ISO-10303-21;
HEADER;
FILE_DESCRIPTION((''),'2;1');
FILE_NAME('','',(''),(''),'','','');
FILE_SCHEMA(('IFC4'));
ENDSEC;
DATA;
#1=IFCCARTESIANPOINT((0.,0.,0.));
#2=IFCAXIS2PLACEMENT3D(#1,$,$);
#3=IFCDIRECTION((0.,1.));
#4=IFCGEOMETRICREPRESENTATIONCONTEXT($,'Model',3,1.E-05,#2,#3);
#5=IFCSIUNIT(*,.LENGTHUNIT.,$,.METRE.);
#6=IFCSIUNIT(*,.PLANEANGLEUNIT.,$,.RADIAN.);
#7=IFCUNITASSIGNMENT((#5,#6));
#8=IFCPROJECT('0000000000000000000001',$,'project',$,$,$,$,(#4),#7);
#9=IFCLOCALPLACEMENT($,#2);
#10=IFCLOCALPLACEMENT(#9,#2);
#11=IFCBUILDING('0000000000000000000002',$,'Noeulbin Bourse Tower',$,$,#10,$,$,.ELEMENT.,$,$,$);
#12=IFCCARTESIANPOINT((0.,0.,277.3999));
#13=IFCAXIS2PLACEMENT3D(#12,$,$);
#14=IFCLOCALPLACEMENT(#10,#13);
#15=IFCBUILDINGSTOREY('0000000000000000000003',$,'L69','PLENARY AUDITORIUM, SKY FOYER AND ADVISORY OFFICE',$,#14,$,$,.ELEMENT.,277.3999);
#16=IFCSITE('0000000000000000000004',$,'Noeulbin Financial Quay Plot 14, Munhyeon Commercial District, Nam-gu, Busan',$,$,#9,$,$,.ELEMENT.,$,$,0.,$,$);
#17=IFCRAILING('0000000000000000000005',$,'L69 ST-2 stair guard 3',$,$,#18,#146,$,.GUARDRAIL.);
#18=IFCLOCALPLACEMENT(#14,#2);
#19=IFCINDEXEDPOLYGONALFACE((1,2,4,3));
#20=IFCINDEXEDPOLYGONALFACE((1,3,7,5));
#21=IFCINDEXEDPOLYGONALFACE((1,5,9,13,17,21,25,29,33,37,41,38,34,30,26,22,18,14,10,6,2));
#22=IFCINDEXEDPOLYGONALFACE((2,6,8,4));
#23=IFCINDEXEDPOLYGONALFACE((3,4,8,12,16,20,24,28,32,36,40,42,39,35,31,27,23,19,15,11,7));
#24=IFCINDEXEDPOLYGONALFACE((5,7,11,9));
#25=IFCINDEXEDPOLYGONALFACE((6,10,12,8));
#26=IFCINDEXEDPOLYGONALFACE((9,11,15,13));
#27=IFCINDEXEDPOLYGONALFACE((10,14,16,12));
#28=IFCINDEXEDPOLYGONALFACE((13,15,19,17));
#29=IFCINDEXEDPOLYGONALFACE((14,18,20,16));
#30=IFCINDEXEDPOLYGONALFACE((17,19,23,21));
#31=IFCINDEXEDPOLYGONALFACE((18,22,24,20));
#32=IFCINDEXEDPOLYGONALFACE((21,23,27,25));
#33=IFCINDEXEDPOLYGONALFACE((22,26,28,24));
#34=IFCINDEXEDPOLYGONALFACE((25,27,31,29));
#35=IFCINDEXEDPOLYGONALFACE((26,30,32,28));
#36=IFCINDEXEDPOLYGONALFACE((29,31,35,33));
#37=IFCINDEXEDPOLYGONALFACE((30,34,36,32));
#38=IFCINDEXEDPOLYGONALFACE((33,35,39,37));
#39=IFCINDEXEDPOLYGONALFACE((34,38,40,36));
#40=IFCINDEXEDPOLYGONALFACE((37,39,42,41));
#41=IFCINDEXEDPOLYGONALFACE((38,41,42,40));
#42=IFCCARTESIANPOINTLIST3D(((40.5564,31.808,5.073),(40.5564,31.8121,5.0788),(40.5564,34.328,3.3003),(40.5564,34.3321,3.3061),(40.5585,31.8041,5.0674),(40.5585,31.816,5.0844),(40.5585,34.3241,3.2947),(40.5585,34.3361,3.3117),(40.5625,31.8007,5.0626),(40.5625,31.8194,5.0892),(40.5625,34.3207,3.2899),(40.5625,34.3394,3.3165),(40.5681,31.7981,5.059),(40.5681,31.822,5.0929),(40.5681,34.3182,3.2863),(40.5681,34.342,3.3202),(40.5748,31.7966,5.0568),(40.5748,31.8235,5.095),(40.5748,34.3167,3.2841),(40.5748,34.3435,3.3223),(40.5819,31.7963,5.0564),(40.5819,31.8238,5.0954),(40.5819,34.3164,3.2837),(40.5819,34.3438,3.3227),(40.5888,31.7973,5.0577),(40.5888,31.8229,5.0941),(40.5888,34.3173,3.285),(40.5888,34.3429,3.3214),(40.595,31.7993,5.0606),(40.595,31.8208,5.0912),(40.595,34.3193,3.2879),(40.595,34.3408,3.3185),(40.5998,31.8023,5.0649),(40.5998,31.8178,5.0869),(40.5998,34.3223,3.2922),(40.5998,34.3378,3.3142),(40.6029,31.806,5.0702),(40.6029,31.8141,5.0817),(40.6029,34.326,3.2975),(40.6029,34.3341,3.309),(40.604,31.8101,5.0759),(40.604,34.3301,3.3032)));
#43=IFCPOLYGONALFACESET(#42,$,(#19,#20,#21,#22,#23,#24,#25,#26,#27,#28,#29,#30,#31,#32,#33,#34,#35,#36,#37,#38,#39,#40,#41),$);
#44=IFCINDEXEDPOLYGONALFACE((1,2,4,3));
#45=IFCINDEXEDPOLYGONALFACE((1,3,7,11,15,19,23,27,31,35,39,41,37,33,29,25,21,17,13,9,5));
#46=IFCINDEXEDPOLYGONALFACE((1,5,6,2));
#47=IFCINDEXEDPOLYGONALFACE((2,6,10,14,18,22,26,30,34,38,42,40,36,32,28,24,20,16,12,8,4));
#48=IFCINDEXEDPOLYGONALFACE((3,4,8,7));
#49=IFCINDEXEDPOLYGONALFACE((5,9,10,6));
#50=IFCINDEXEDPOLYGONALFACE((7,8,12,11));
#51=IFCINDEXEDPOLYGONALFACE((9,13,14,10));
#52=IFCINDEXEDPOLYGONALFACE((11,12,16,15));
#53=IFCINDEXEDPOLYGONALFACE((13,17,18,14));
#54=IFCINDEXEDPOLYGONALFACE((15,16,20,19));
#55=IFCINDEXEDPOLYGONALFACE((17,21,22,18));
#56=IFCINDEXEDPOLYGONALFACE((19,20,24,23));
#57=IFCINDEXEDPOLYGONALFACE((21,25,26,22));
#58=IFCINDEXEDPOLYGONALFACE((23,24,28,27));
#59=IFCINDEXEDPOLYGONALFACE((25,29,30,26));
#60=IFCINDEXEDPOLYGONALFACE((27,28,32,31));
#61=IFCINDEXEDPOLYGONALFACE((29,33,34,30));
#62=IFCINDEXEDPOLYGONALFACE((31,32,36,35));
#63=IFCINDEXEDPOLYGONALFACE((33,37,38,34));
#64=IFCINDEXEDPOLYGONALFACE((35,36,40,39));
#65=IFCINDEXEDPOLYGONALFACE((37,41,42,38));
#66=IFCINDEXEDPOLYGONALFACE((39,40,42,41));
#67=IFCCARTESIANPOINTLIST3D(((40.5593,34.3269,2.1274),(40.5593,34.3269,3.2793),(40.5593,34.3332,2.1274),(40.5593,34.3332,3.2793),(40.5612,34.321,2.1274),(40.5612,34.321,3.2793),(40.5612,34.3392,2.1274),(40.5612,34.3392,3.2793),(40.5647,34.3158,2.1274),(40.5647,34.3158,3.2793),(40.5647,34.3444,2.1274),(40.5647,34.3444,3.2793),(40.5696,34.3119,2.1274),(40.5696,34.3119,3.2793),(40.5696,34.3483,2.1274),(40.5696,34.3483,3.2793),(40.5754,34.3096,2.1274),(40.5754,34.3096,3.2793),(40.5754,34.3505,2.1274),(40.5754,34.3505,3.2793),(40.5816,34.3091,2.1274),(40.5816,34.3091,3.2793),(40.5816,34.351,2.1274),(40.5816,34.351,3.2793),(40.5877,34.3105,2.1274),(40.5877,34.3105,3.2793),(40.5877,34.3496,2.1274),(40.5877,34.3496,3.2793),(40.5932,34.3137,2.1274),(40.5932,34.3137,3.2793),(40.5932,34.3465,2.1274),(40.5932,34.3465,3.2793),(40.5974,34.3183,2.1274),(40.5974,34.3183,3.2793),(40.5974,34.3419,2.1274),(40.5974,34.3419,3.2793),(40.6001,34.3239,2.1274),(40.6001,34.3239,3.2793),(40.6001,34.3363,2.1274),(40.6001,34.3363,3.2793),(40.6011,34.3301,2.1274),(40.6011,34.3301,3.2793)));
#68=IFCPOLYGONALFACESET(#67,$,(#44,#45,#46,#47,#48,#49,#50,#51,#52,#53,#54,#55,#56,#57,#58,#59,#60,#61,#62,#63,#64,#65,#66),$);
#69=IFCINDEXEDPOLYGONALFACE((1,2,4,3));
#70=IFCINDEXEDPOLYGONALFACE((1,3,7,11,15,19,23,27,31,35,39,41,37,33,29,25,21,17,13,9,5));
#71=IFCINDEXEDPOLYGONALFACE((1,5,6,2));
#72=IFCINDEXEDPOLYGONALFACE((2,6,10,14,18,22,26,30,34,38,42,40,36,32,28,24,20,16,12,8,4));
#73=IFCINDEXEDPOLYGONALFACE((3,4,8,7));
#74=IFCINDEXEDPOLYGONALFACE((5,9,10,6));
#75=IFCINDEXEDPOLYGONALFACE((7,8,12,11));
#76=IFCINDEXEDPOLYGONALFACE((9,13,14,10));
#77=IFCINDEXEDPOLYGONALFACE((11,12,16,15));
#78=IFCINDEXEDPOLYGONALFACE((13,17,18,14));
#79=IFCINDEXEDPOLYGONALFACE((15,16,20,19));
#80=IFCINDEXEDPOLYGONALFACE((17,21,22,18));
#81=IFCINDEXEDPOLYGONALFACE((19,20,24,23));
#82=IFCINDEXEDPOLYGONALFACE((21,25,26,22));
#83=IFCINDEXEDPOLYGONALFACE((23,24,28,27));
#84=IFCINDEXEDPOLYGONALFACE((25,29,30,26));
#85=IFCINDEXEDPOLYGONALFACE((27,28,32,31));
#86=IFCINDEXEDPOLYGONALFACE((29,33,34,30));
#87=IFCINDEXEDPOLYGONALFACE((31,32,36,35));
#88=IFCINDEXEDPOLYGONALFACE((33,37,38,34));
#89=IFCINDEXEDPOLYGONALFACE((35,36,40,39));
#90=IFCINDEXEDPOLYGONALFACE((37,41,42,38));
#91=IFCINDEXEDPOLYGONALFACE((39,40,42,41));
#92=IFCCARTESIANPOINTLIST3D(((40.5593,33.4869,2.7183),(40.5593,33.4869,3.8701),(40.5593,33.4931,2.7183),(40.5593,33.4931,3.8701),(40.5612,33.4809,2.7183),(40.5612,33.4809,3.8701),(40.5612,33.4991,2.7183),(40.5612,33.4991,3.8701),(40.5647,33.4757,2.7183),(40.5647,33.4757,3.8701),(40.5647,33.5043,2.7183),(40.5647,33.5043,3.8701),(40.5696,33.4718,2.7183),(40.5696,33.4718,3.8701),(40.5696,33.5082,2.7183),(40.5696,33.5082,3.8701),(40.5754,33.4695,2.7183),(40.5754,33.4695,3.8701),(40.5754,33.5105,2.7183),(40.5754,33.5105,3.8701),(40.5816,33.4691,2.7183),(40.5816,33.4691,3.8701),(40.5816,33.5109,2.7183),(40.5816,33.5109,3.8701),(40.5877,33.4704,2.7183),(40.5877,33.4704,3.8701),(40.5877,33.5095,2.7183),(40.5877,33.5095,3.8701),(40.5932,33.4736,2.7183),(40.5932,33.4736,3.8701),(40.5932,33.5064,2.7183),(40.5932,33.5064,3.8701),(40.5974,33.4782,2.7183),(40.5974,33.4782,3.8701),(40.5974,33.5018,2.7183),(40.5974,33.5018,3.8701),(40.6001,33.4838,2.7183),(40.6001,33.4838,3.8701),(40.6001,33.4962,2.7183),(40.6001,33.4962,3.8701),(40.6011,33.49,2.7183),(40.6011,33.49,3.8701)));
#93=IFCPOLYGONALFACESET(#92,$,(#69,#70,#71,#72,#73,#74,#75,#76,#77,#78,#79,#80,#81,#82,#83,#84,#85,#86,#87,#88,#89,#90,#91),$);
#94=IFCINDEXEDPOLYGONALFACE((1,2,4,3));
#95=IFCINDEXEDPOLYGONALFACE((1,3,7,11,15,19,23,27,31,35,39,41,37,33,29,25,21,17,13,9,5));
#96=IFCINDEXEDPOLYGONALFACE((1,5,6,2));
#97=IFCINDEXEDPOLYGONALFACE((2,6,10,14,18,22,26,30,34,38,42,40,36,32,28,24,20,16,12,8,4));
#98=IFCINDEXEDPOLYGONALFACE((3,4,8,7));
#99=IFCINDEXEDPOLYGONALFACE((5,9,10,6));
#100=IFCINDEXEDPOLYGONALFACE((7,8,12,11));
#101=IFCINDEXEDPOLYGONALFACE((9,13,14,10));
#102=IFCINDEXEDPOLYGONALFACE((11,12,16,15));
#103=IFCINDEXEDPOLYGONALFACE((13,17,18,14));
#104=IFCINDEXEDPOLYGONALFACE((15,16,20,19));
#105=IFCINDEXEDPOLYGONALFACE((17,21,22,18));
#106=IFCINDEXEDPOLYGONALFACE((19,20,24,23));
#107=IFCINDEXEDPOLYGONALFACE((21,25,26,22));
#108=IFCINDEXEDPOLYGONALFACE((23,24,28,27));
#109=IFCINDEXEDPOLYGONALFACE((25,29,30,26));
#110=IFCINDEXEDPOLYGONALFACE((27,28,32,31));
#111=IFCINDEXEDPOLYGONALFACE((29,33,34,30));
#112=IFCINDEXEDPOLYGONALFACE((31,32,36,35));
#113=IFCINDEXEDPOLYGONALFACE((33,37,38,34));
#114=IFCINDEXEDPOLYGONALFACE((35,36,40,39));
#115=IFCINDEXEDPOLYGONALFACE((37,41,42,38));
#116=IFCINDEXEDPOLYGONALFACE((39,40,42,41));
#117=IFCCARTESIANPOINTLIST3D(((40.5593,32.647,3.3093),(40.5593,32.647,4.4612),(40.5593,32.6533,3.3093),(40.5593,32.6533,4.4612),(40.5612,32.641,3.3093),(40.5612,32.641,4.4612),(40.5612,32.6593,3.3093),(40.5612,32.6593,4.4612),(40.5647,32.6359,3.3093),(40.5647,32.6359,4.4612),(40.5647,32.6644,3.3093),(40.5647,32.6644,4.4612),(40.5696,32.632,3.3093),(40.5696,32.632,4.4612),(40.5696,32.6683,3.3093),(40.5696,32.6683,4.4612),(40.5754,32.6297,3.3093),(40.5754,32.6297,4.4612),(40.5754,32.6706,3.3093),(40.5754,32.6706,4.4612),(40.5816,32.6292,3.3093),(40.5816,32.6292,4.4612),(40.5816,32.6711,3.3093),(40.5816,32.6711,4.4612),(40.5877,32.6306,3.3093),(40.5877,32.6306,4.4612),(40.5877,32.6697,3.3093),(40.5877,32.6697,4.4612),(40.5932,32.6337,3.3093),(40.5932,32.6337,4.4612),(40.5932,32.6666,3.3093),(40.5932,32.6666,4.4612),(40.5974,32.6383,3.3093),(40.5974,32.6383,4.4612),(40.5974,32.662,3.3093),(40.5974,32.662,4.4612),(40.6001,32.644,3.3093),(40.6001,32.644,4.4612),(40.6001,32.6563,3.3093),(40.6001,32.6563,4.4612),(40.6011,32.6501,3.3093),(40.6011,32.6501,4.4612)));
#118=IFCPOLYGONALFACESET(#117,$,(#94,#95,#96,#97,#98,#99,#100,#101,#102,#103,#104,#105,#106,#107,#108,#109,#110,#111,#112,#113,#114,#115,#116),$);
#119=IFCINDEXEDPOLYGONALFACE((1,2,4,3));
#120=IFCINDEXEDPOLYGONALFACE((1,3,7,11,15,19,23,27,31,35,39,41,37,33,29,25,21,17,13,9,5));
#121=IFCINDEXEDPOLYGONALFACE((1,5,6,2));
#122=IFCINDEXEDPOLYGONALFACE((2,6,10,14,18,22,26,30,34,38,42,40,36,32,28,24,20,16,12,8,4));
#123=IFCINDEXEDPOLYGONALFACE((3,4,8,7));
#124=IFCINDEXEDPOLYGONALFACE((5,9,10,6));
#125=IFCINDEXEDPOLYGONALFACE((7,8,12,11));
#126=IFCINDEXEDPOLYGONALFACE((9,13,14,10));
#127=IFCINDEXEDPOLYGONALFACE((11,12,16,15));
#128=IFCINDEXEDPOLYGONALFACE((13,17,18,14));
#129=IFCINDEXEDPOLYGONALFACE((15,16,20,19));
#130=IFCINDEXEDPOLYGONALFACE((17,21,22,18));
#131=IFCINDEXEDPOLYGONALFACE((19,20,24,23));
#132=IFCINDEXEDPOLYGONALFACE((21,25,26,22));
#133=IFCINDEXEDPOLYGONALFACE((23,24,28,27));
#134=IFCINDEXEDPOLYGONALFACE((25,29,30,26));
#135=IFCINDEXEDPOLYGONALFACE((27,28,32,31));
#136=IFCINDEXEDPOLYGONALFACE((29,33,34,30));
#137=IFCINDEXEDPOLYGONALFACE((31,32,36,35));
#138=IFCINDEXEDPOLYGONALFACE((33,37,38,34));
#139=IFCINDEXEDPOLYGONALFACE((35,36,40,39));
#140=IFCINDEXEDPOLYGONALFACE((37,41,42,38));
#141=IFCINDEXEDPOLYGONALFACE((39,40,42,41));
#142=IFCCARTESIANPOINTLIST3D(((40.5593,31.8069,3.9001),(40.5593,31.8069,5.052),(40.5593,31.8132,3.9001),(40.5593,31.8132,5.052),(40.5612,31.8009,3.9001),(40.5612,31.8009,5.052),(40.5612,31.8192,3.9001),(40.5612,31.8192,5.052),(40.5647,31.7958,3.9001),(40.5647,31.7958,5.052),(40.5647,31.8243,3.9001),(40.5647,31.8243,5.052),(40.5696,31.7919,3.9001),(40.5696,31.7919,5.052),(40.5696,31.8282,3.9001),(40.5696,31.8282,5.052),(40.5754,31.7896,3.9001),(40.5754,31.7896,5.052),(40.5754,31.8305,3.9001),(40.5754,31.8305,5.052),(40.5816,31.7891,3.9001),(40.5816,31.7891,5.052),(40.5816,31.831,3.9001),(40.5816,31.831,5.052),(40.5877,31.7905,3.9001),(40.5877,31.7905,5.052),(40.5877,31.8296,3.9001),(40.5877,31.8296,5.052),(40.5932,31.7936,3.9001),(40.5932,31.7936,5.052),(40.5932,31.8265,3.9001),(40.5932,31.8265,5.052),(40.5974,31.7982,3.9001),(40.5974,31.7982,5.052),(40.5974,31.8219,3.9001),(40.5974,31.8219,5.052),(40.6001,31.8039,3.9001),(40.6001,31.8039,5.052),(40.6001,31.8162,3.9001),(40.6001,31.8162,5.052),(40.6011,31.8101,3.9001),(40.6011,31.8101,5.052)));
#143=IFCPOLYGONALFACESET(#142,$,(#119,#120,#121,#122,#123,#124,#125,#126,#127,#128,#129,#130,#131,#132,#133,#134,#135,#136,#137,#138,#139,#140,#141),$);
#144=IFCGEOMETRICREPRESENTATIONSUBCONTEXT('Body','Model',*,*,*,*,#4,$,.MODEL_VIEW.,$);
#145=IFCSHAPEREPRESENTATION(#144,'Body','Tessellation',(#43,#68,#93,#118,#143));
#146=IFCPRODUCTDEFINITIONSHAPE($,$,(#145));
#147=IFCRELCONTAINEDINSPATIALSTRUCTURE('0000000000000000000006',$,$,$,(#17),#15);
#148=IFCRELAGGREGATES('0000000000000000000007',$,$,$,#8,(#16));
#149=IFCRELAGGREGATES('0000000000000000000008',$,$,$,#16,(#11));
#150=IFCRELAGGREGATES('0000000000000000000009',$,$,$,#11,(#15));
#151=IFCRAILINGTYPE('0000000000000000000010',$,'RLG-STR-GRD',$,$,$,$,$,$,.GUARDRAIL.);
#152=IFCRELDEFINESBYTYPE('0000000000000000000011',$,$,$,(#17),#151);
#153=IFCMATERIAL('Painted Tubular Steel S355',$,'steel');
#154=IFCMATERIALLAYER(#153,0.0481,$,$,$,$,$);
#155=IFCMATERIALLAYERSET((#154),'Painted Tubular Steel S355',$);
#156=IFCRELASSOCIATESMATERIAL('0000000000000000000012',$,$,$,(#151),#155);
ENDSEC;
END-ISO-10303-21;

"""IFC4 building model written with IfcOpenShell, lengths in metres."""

from ifc_helpers import new_model, si_unit, direction, frame, origin, origin_2d, place, context, subcontext, project, spatial, circle, extrude, material, layer, layer_set, type_object, element, save


model = new_model("IFC4")

# Units and contexts
model_context = context("Model", 3, precision=1e-05, world=origin(), true_north=direction((0.0, 1.0)))
body_context = subcontext(model_context, "Body", "Model", "MODEL_VIEW")
ifc_project = project(units=[si_unit("LENGTHUNIT", "METRE"), si_unit("PLANEANGLEUNIT", "RADIAN")], contexts=[model_context])

# Site, building, storey
site_placement = place(None, origin())
site = spatial("IfcSite", under=ifc_project, at=site_placement, Name="Noeulbin Financial Quay Plot 14, Munhyeon Commercial District, Nam-gu, Busan", CompositionType="ELEMENT", RefElevation=0.0)
building_placement = place(site_placement, origin())
building = spatial("IfcBuilding", under=site, at=building_placement, Name="Noeulbin Bourse Tower", CompositionType="ELEMENT")
storey_placement = place(building_placement, frame((0.0, 0.0, 277.3999)))
storey = spatial("IfcBuildingStorey", under=building, at=storey_placement, Name="L69", Description="PLENARY AUDITORIUM, SKY FOYER AND ADVISORY OFFICE", CompositionType="ELEMENT", Elevation=277.3999)

# Railing
ifc_material_1 = material(Name="Painted Tubular Steel S355", Category="steel")
ifc_layer_1 = layer(ifc_material_1, 0.0481)
ifc_layer_set_1 = layer_set([ifc_layer_1], Name="Painted Tubular Steel S355")
railing_type_1 = type_object("IfcRailingType", Name="RLG-STR-GRD", PredefinedType="GUARDRAIL", material=ifc_layer_set_1)
railing_1_placement = place(storey_placement, frame((40.5801, 34.3301, 2.1274)))
element("IfcRailing", 1, at=railing_1_placement, inside=storey, type_object=railing_type_1, Name="L69 ST-2 stair guard 3", PredefinedType="GUARDRAIL", context=body_context, shape_type="SweptSolid", body=[
    extrude(circle(Radius=0.0239, at=origin_2d()), frame((0.0, 0.0, 1.1758), z_axis=(0.0, -0.817904, 0.575354), x_axis=(1.0, 0.0, 0.0)), (0.0, 0.0, 1.0), 3.0811),
    extrude(circle(Radius=0.021, at=origin_2d()), origin(), (0.0, 0.0, 1.0), 1.1519),
    extrude(circle(Radius=0.021, at=origin_2d()), frame((0.0, -0.8401, 0.5908)), (0.0, 0.0, 1.0), 1.1519),
    extrude(circle(Radius=0.021, at=origin_2d()), frame((0.0, -1.6799, 1.1819)), (0.0, 0.0, 1.0), 1.1519),
    extrude(circle(Radius=0.021, at=origin_2d()), frame((0.0, -2.52, 1.7727)), (0.0, 0.0, 1.0), 1.1519),
])

save(model, "model.ifc")
